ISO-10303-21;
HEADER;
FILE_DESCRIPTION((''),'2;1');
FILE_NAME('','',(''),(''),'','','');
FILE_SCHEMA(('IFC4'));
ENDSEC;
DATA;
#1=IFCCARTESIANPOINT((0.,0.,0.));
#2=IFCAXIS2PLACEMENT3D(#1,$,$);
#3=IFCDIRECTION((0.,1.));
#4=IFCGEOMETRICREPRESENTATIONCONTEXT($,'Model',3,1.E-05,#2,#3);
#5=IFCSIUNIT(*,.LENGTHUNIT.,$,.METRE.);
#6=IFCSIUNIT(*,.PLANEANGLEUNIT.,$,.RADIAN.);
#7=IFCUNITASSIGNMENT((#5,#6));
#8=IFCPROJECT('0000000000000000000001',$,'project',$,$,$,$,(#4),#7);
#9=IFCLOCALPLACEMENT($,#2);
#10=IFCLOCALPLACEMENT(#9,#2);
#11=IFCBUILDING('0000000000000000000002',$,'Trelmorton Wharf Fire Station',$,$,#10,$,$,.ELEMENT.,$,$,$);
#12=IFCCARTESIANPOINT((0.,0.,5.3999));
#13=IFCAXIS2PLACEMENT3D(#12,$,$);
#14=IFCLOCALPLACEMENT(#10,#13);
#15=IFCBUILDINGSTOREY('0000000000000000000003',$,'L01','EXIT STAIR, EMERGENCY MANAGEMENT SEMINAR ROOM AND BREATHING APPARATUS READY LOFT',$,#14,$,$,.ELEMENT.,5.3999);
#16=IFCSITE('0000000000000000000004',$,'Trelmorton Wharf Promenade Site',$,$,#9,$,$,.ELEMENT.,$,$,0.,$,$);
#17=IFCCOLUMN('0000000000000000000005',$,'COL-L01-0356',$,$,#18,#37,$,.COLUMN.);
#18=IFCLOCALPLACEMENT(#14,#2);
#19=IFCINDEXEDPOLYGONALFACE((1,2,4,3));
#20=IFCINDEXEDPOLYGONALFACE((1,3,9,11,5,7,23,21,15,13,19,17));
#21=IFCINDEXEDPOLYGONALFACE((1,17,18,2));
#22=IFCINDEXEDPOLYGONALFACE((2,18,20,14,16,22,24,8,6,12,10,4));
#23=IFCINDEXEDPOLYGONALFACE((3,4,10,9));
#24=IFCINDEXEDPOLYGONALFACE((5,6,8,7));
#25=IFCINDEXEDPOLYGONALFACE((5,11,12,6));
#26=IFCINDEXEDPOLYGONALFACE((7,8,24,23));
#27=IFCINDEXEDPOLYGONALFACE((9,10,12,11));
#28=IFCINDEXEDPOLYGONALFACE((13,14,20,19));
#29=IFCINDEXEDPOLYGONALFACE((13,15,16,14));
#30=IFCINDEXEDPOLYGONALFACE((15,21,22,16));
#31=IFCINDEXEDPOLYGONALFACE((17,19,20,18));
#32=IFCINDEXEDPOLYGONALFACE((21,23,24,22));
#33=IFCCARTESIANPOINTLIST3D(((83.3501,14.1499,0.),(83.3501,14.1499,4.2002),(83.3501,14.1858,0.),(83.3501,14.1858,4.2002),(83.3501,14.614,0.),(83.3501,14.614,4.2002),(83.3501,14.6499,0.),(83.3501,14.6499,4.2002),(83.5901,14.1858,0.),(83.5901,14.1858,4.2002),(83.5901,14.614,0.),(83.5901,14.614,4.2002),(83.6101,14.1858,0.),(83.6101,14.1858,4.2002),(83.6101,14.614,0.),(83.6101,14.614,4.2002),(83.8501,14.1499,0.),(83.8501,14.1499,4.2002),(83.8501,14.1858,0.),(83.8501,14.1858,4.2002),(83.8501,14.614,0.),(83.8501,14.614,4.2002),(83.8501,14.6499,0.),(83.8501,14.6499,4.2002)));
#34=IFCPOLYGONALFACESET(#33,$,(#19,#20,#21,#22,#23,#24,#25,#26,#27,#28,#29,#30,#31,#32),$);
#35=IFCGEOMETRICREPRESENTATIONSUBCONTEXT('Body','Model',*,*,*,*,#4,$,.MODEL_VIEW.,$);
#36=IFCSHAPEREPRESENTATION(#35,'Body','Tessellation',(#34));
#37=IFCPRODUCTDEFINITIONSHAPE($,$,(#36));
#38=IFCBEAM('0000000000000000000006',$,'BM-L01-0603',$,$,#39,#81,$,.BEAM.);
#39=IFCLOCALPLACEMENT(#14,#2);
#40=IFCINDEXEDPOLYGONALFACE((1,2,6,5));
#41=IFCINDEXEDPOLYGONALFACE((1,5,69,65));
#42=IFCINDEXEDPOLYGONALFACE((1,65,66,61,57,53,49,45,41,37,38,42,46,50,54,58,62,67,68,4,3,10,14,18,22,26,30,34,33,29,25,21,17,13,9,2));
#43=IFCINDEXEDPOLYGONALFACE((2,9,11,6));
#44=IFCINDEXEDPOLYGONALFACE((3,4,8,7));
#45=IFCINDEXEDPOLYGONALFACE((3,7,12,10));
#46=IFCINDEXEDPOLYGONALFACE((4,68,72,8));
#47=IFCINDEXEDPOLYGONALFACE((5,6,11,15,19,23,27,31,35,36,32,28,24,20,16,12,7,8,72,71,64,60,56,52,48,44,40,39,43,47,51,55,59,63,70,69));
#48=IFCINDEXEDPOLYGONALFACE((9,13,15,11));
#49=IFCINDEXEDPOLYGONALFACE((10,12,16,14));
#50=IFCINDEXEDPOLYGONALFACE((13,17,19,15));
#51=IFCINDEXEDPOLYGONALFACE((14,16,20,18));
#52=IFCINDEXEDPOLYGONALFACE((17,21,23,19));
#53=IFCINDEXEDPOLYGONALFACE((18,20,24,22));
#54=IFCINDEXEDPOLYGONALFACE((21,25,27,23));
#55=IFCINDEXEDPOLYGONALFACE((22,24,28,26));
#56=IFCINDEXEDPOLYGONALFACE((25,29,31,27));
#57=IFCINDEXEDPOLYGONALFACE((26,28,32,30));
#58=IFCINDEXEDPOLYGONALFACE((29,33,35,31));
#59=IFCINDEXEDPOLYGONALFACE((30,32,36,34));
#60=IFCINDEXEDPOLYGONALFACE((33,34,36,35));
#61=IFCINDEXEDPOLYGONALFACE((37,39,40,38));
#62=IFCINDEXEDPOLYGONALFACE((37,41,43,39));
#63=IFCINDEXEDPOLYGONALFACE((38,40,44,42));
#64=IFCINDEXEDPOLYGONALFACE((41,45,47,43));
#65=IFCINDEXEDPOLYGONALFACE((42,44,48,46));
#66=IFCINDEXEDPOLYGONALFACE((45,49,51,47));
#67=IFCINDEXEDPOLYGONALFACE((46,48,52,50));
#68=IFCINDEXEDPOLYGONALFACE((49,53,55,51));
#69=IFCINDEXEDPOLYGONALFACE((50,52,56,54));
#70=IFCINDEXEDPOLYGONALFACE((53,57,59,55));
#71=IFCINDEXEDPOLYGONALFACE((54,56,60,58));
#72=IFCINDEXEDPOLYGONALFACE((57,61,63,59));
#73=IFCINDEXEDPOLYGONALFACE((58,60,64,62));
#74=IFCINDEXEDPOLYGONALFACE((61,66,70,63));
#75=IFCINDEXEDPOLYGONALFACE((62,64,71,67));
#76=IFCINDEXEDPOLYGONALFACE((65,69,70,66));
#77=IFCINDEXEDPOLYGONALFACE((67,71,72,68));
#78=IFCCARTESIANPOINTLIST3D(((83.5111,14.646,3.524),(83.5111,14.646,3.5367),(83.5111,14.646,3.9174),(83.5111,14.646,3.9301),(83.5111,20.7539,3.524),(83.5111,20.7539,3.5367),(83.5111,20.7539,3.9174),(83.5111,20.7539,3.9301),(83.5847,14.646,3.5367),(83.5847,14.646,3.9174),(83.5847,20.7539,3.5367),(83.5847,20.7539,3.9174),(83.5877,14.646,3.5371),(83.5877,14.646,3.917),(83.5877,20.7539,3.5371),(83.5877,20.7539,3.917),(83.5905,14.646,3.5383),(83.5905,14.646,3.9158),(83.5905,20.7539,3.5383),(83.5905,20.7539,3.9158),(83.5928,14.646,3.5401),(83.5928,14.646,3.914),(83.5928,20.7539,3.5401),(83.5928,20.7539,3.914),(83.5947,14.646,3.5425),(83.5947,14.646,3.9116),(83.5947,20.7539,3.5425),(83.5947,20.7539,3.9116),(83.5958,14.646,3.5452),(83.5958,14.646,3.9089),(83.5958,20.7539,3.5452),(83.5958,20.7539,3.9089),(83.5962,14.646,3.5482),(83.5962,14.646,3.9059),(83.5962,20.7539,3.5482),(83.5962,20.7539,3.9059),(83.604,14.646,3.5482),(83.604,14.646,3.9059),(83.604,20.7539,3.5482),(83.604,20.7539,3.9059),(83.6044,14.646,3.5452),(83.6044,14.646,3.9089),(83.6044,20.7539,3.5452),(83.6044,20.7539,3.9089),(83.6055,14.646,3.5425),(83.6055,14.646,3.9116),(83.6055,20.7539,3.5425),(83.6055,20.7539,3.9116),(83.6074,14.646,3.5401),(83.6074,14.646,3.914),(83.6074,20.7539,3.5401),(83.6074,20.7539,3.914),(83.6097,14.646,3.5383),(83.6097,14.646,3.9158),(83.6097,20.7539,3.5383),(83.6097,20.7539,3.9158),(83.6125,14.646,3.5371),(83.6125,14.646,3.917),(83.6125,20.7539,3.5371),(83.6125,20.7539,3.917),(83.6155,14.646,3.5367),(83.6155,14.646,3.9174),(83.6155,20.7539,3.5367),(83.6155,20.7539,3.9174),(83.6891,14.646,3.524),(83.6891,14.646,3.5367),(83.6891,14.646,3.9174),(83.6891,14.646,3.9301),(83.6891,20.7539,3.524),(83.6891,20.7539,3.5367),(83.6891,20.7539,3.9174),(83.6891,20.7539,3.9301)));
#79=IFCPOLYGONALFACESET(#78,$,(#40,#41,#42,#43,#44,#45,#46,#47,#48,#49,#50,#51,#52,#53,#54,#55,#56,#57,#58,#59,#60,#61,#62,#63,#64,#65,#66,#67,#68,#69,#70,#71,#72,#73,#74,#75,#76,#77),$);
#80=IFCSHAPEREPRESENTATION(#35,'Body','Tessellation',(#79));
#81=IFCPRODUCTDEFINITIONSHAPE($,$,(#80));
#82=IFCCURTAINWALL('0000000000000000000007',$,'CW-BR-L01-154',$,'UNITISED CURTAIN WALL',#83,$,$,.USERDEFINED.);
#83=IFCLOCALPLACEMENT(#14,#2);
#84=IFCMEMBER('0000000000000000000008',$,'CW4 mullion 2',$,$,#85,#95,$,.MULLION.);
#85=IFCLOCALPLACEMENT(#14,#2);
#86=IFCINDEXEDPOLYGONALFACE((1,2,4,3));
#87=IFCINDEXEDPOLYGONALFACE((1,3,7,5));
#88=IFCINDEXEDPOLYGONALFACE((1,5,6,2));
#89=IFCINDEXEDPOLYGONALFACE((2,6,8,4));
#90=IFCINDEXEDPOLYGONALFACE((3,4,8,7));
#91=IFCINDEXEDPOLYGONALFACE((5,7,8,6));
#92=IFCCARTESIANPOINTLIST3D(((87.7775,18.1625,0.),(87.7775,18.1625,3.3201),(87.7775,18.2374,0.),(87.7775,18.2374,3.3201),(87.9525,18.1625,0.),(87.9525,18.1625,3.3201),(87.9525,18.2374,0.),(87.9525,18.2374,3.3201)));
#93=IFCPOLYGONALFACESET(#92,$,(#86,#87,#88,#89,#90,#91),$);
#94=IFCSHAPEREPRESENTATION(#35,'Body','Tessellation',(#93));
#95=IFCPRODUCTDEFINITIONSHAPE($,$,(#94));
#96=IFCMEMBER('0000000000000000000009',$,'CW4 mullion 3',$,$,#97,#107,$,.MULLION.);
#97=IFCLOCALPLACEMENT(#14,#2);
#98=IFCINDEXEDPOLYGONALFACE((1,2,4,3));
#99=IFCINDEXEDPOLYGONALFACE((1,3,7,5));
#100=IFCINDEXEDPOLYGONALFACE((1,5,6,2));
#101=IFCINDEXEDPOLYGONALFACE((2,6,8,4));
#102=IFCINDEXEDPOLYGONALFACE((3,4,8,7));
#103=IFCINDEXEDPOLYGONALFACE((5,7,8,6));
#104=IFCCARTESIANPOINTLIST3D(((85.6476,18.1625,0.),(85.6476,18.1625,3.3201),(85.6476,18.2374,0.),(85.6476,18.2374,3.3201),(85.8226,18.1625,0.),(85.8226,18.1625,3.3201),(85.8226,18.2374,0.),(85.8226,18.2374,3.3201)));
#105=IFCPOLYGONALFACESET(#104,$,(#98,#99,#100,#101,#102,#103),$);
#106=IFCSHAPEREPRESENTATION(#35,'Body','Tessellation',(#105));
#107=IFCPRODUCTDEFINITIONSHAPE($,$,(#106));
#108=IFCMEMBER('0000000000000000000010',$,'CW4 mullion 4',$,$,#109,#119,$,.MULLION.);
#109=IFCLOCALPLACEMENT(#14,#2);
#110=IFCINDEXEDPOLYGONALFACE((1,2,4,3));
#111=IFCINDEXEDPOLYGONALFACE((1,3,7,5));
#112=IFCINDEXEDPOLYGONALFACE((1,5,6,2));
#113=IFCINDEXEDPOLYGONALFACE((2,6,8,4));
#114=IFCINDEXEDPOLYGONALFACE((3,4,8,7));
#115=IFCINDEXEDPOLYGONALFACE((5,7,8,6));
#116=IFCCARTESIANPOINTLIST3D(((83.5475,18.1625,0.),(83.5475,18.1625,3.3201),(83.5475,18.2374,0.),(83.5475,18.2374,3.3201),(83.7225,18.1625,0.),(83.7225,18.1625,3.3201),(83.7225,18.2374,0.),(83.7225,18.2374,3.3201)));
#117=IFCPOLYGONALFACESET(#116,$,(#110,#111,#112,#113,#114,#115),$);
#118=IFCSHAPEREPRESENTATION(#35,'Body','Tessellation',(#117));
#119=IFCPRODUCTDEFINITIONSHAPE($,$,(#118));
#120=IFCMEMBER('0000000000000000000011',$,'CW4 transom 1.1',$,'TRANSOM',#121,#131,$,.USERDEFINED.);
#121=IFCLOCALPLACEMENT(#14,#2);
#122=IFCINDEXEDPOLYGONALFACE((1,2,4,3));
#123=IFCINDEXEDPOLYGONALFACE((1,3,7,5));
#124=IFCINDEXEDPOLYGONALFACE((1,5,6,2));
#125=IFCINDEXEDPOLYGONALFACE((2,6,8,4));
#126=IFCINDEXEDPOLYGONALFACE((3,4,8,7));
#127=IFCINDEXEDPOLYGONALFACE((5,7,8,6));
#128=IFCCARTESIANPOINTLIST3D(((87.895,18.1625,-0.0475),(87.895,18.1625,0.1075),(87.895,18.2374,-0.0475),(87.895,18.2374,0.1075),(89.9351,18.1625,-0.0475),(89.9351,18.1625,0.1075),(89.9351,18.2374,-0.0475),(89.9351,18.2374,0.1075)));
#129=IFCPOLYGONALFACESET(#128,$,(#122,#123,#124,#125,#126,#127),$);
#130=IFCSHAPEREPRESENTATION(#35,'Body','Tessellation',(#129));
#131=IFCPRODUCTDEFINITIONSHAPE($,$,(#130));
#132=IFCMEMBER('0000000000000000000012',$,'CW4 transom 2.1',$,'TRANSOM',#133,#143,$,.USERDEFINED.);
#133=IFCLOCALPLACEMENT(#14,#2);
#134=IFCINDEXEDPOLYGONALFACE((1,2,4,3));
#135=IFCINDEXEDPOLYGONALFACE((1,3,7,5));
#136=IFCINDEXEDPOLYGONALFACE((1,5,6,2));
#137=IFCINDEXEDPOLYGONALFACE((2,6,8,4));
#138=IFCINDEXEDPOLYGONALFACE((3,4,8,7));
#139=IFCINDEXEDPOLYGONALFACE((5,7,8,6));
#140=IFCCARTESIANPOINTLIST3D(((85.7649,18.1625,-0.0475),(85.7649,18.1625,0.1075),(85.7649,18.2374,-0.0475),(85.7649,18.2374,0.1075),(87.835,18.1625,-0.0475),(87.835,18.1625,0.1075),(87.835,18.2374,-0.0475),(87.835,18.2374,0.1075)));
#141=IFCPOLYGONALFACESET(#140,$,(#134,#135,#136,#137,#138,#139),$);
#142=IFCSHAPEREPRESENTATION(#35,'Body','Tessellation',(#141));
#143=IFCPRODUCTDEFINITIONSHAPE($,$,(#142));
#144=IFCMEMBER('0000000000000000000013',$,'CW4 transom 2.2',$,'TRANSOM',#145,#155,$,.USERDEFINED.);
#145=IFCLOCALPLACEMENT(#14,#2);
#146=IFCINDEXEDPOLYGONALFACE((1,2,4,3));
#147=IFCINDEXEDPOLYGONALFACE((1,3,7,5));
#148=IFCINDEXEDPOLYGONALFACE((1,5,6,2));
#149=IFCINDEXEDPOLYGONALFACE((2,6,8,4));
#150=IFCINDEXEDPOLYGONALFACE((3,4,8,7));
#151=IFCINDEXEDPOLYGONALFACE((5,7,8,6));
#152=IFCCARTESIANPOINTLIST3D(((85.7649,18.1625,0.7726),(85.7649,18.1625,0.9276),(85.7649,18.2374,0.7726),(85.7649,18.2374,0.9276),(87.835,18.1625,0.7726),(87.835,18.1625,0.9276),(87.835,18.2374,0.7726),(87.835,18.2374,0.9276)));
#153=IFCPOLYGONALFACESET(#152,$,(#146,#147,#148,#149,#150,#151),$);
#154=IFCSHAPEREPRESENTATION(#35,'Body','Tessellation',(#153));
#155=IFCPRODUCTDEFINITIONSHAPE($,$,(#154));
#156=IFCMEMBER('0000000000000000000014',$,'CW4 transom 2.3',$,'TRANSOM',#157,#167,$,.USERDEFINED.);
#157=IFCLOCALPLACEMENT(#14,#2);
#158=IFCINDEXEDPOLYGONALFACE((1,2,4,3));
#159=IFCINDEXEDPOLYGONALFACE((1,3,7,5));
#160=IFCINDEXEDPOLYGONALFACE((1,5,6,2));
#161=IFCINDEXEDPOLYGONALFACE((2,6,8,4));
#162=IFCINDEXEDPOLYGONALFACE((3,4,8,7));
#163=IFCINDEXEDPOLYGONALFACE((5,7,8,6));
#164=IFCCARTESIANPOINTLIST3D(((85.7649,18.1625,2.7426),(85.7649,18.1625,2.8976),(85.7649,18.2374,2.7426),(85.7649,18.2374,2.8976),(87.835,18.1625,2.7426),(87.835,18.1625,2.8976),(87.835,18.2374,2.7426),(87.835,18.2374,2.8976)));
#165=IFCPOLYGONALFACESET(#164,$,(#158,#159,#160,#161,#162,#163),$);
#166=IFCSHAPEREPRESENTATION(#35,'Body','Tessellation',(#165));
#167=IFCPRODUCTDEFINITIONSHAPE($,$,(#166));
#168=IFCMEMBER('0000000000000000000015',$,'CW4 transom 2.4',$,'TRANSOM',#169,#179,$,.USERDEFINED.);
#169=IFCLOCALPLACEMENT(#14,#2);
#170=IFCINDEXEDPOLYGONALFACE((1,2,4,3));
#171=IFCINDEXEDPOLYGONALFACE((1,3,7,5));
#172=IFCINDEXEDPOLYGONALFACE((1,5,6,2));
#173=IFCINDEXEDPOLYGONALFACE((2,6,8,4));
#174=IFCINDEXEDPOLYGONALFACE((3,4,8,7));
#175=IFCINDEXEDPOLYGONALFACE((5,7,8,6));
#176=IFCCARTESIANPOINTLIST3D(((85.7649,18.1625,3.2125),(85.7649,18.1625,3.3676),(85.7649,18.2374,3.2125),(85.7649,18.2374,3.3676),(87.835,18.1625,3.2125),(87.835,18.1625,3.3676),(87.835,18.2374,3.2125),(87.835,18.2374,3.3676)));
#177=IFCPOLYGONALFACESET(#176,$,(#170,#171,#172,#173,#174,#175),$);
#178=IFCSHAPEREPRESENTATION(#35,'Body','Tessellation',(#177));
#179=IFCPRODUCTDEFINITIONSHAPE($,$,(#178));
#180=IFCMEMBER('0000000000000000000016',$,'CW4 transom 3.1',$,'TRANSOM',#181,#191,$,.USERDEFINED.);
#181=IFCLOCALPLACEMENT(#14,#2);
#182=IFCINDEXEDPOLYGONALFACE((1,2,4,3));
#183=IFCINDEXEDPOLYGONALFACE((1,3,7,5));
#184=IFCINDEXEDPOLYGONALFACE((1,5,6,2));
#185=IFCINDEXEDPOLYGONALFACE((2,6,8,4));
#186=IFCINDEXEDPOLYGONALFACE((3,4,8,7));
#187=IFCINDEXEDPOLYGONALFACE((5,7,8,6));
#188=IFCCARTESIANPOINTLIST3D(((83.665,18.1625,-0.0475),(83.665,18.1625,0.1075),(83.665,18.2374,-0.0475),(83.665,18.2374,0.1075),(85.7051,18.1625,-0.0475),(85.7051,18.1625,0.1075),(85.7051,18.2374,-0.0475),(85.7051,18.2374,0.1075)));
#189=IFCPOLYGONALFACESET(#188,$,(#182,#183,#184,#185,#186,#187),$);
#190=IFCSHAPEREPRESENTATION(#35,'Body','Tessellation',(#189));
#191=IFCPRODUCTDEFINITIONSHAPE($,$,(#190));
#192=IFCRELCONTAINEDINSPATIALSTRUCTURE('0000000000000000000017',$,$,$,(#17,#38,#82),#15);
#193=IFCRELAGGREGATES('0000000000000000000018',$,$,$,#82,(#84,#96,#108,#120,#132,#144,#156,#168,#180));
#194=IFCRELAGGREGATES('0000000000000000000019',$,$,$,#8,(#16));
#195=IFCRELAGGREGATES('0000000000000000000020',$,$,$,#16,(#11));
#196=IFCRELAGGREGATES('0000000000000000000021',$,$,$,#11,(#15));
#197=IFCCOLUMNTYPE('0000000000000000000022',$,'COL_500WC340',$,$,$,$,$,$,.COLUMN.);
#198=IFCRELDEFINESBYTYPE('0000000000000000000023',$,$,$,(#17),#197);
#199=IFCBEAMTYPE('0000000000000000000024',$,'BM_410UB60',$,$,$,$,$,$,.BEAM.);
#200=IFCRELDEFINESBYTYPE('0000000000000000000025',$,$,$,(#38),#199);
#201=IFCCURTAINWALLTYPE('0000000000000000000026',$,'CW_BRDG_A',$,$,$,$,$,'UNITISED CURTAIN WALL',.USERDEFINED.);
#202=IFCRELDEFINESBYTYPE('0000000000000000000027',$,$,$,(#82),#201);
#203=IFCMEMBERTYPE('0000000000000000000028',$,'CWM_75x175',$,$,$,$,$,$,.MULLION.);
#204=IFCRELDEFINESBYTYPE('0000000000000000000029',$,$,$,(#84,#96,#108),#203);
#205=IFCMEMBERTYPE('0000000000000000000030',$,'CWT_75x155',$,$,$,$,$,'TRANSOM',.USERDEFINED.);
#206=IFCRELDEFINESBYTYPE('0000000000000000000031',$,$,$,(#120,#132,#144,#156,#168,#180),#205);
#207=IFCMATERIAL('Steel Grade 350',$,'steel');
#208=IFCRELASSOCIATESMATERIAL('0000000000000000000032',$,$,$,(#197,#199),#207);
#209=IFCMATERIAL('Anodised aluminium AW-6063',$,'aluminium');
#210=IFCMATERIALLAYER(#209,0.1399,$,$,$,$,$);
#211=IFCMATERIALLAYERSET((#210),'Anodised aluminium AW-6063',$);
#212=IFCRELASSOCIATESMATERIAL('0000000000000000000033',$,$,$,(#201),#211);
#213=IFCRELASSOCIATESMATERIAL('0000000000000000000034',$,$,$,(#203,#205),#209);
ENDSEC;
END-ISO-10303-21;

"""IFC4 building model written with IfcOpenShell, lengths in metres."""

from ifc_helpers import new_model, si_unit, direction, frame, origin, origin_2d, place, context, subcontext, project, spatial, rectangle, i_section, extrude, material, layer, layer_set, material_profile, profile_set, type_object, element, aggregate, save


model = new_model("IFC4")

# Units and contexts
model_context = context("Model", 3, precision=1e-05, world=origin(), true_north=direction((0.0, 1.0)))
body_context = subcontext(model_context, "Body", "Model", "MODEL_VIEW")
ifc_project = project(units=[si_unit("LENGTHUNIT", "METRE"), si_unit("PLANEANGLEUNIT", "RADIAN")], contexts=[model_context])

# Site, building, storey
site_placement = place(None, origin())
site = spatial("IfcSite", under=ifc_project, at=site_placement, Name="Trelmorton Wharf Promenade Site", CompositionType="ELEMENT", RefElevation=0.0)
building_placement = place(site_placement, origin())
building = spatial("IfcBuilding", under=site, at=building_placement, Name="Trelmorton Wharf Fire Station", CompositionType="ELEMENT")
storey_placement = place(building_placement, frame((0.0, 0.0, 5.3999)))
storey = spatial("IfcBuildingStorey", under=building, at=storey_placement, Name="L01", Description="EXIT STAIR, EMERGENCY MANAGEMENT SEMINAR ROOM AND BREATHING APPARATUS READY LOFT", CompositionType="ELEMENT", Elevation=5.3999)

# Column
ifc_material_1 = material(Name="Steel Grade 350", Category="steel")
ifc_material_profile_1 = material_profile(ifc_material_1, i_section(OverallWidth=0.5, OverallDepth=0.5, WebThickness=0.02, FlangeThickness=0.0359, at=origin_2d()), Name="500WC340")
ifc_profile_set_1 = profile_set([ifc_material_profile_1], Name="Steel Grade 350")
column_type = type_object("IfcColumnType", Name="COL_500WC340", PredefinedType="COLUMN", material=ifc_profile_set_1)
column_placement = place(storey_placement, frame((83.6001, 14.3999, 0.0), z_axis=(0.0, 0.0, 1.0), x_axis=(1.0, 0.0, 0.0)))
element("IfcColumn", 1, at=column_placement, inside=storey, type_object=column_type, Name="COL-L01-0356", PredefinedType="COLUMN", context=body_context, shape_type="SweptSolid", body=[
    extrude(i_section(OverallWidth=0.5, OverallDepth=0.5, WebThickness=0.02, FlangeThickness=0.0359, at=origin_2d()), origin(), (0.0, 0.0, 1.0), 4.2002),
])

# Beam
ifc_material_profile_2 = material_profile(ifc_material_1, i_section(OverallWidth=0.178, OverallDepth=0.406, WebThickness=0.0078, FlangeThickness=0.0127, FilletRadius=0.0115, at=origin_2d()), Name="410UB59.7")
ifc_profile_set_2 = profile_set([ifc_material_profile_2], Name="Steel Grade 350")
beam_type = type_object("IfcBeamType", Name="BM_410UB60", PredefinedType="BEAM", material=ifc_profile_set_2)
beam_placement = place(storey_placement, frame((83.6001, 14.646, 3.7271), z_axis=(0.0, 1.0, 0.0), x_axis=(-1.0, 0.0, 0.0)))
element("IfcBeam", 2, at=beam_placement, inside=storey, type_object=beam_type, Name="BM-L01-0603", PredefinedType="BEAM", context=body_context, shape_type="SweptSolid", body=[
    extrude(i_section(OverallWidth=0.178, OverallDepth=0.406, WebThickness=0.0078, FlangeThickness=0.0127, FilletRadius=0.0115, at=origin_2d()), origin(), (0.0, 0.0, 1.0), 6.1079),
])

# Curtain wall, members
ifc_material_2 = material(Name="Anodised aluminium AW-6063", Category="aluminium")
ifc_layer_1 = layer(ifc_material_2, 0.1399)
ifc_layer_set_1 = layer_set([ifc_layer_1], Name="Anodised aluminium AW-6063")
curtain_wall_type = type_object("IfcCurtainWallType", Name="CW_BRDG_A", ElementType="UNITISED CURTAIN WALL", PredefinedType="USERDEFINED", material=ifc_layer_set_1)
curtain_wall_placement = place(storey_placement, origin())
curtain_wall = element("IfcCurtainWall", 3, at=curtain_wall_placement, inside=storey, type_object=curtain_wall_type, Name="CW-BR-L01-154", ObjectType="UNITISED CURTAIN WALL", PredefinedType="USERDEFINED")
ifc_material_profile_3 = material_profile(ifc_material_2, rectangle(XDim=0.075, YDim=0.175, at=origin_2d()), Name="ALU-75x175")
ifc_profile_set_3 = profile_set([ifc_material_profile_3], Name="Anodised aluminium AW-6063")
member_type_1 = type_object("IfcMemberType", Name="CWM_75x175", PredefinedType="MULLION", material=ifc_profile_set_3)
member_1_placement = place(storey_placement, frame((87.865, 18.2, 0.0), z_axis=(0.0, 0.0, 1.0), x_axis=(0.0, -1.0, 0.0)))
member_1 = element("IfcMember", 4, at=member_1_placement, type_object=member_type_1, Name="CW4 mullion 2", PredefinedType="MULLION", context=body_context, shape_type="SweptSolid", body=[
    extrude(rectangle(XDim=0.075, YDim=0.175, at=origin_2d()), origin(), (0.0, 0.0, 1.0), 3.3201),
])
member_2_placement = place(storey_placement, frame((85.7351, 18.2, 0.0), z_axis=(0.0, 0.0, 1.0), x_axis=(0.0, -1.0, 0.0)))
member_2 = element("IfcMember", 5, at=member_2_placement, type_object=member_type_1, Name="CW4 mullion 3", PredefinedType="MULLION", context=body_context, shape_type="SweptSolid", body=[
    extrude(rectangle(XDim=0.075, YDim=0.175, at=origin_2d()), origin(), (0.0, 0.0, 1.0), 3.3201),
])
member_3_placement = place(storey_placement, frame((83.635, 18.2, 0.0), z_axis=(0.0, 0.0, 1.0), x_axis=(0.0, -1.0, 0.0)))
member_3 = element("IfcMember", 6, at=member_3_placement, type_object=member_type_1, Name="CW4 mullion 4", PredefinedType="MULLION", context=body_context, shape_type="SweptSolid", body=[
    extrude(rectangle(XDim=0.075, YDim=0.175, at=origin_2d()), origin(), (0.0, 0.0, 1.0), 3.3201),
])
ifc_material_profile_4 = material_profile(ifc_material_2, rectangle(XDim=0.075, YDim=0.155, at=origin_2d()), Name="ALU-75x155")
ifc_profile_set_4 = profile_set([ifc_material_profile_4], Name="Anodised aluminium AW-6063")
member_type_2 = type_object("IfcMemberType", Name="CWT_75x155", ElementType="TRANSOM", PredefinedType="USERDEFINED", material=ifc_profile_set_4)
member_4_placement = place(storey_placement, frame((89.9351, 18.2, 0.03), z_axis=(-1.0, 0.0, 0.0), x_axis=(0.0, -1.0, 0.0)))
member_4 = element("IfcMember", 7, at=member_4_placement, type_object=member_type_2, Name="CW4 transom 1.1", ObjectType="TRANSOM", PredefinedType="USERDEFINED", context=body_context, shape_type="SweptSolid", body=[
    extrude(rectangle(XDim=0.075, YDim=0.155, at=origin_2d()), origin(), (0.0, 0.0, 1.0), 2.04),
])
member_5_placement = place(storey_placement, frame((87.835, 18.2, 0.03), z_axis=(-1.0, 0.0, 0.0), x_axis=(0.0, -1.0, 0.0)))
member_5 = element("IfcMember", 8, at=member_5_placement, type_object=member_type_2, Name="CW4 transom 2.1", ObjectType="TRANSOM", PredefinedType="USERDEFINED", context=body_context, shape_type="SweptSolid", body=[
    extrude(rectangle(XDim=0.075, YDim=0.155, at=origin_2d()), origin(), (0.0, 0.0, 1.0), 2.0701),
])
member_6_placement = place(storey_placement, frame((87.835, 18.2, 0.8501), z_axis=(-1.0, 0.0, 0.0), x_axis=(0.0, -1.0, 0.0)))
member_6 = element("IfcMember", 9, at=member_6_placement, type_object=member_type_2, Name="CW4 transom 2.2", ObjectType="TRANSOM", PredefinedType="USERDEFINED", context=body_context, shape_type="SweptSolid", body=[
    extrude(rectangle(XDim=0.075, YDim=0.155, at=origin_2d()), origin(), (0.0, 0.0, 1.0), 2.0701),
])
member_7_placement = place(storey_placement, frame((87.835, 18.2, 2.8201), z_axis=(-1.0, 0.0, 0.0), x_axis=(0.0, -1.0, 0.0)))
member_7 = element("IfcMember", 10, at=member_7_placement, type_object=member_type_2, Name="CW4 transom 2.3", ObjectType="TRANSOM", PredefinedType="USERDEFINED", context=body_context, shape_type="SweptSolid", body=[
    extrude(rectangle(XDim=0.075, YDim=0.155, at=origin_2d()), origin(), (0.0, 0.0, 1.0), 2.0701),
])
member_8_placement = place(storey_placement, frame((87.835, 18.2, 3.29), z_axis=(-1.0, 0.0, 0.0), x_axis=(0.0, -1.0, 0.0)))
member_8 = element("IfcMember", 11, at=member_8_placement, type_object=member_type_2, Name="CW4 transom 2.4", ObjectType="TRANSOM", PredefinedType="USERDEFINED", context=body_context, shape_type="SweptSolid", body=[
    extrude(rectangle(XDim=0.075, YDim=0.155, at=origin_2d()), origin(), (0.0, 0.0, 1.0), 2.0701),
])
member_9_placement = place(storey_placement, frame((85.7051, 18.2, 0.03), z_axis=(-1.0, 0.0, 0.0), x_axis=(0.0, -1.0, 0.0)))
member_9 = element("IfcMember", 12, at=member_9_placement, type_object=member_type_2, Name="CW4 transom 3.1", ObjectType="TRANSOM", PredefinedType="USERDEFINED", context=body_context, shape_type="SweptSolid", body=[
    extrude(rectangle(XDim=0.075, YDim=0.155, at=origin_2d()), origin(), (0.0, 0.0, 1.0), 2.04),
])
aggregate(curtain_wall, [member_1, member_2, member_3, member_4, member_5, member_6, member_7, member_8, member_9])

save(model, "model.ifc")
